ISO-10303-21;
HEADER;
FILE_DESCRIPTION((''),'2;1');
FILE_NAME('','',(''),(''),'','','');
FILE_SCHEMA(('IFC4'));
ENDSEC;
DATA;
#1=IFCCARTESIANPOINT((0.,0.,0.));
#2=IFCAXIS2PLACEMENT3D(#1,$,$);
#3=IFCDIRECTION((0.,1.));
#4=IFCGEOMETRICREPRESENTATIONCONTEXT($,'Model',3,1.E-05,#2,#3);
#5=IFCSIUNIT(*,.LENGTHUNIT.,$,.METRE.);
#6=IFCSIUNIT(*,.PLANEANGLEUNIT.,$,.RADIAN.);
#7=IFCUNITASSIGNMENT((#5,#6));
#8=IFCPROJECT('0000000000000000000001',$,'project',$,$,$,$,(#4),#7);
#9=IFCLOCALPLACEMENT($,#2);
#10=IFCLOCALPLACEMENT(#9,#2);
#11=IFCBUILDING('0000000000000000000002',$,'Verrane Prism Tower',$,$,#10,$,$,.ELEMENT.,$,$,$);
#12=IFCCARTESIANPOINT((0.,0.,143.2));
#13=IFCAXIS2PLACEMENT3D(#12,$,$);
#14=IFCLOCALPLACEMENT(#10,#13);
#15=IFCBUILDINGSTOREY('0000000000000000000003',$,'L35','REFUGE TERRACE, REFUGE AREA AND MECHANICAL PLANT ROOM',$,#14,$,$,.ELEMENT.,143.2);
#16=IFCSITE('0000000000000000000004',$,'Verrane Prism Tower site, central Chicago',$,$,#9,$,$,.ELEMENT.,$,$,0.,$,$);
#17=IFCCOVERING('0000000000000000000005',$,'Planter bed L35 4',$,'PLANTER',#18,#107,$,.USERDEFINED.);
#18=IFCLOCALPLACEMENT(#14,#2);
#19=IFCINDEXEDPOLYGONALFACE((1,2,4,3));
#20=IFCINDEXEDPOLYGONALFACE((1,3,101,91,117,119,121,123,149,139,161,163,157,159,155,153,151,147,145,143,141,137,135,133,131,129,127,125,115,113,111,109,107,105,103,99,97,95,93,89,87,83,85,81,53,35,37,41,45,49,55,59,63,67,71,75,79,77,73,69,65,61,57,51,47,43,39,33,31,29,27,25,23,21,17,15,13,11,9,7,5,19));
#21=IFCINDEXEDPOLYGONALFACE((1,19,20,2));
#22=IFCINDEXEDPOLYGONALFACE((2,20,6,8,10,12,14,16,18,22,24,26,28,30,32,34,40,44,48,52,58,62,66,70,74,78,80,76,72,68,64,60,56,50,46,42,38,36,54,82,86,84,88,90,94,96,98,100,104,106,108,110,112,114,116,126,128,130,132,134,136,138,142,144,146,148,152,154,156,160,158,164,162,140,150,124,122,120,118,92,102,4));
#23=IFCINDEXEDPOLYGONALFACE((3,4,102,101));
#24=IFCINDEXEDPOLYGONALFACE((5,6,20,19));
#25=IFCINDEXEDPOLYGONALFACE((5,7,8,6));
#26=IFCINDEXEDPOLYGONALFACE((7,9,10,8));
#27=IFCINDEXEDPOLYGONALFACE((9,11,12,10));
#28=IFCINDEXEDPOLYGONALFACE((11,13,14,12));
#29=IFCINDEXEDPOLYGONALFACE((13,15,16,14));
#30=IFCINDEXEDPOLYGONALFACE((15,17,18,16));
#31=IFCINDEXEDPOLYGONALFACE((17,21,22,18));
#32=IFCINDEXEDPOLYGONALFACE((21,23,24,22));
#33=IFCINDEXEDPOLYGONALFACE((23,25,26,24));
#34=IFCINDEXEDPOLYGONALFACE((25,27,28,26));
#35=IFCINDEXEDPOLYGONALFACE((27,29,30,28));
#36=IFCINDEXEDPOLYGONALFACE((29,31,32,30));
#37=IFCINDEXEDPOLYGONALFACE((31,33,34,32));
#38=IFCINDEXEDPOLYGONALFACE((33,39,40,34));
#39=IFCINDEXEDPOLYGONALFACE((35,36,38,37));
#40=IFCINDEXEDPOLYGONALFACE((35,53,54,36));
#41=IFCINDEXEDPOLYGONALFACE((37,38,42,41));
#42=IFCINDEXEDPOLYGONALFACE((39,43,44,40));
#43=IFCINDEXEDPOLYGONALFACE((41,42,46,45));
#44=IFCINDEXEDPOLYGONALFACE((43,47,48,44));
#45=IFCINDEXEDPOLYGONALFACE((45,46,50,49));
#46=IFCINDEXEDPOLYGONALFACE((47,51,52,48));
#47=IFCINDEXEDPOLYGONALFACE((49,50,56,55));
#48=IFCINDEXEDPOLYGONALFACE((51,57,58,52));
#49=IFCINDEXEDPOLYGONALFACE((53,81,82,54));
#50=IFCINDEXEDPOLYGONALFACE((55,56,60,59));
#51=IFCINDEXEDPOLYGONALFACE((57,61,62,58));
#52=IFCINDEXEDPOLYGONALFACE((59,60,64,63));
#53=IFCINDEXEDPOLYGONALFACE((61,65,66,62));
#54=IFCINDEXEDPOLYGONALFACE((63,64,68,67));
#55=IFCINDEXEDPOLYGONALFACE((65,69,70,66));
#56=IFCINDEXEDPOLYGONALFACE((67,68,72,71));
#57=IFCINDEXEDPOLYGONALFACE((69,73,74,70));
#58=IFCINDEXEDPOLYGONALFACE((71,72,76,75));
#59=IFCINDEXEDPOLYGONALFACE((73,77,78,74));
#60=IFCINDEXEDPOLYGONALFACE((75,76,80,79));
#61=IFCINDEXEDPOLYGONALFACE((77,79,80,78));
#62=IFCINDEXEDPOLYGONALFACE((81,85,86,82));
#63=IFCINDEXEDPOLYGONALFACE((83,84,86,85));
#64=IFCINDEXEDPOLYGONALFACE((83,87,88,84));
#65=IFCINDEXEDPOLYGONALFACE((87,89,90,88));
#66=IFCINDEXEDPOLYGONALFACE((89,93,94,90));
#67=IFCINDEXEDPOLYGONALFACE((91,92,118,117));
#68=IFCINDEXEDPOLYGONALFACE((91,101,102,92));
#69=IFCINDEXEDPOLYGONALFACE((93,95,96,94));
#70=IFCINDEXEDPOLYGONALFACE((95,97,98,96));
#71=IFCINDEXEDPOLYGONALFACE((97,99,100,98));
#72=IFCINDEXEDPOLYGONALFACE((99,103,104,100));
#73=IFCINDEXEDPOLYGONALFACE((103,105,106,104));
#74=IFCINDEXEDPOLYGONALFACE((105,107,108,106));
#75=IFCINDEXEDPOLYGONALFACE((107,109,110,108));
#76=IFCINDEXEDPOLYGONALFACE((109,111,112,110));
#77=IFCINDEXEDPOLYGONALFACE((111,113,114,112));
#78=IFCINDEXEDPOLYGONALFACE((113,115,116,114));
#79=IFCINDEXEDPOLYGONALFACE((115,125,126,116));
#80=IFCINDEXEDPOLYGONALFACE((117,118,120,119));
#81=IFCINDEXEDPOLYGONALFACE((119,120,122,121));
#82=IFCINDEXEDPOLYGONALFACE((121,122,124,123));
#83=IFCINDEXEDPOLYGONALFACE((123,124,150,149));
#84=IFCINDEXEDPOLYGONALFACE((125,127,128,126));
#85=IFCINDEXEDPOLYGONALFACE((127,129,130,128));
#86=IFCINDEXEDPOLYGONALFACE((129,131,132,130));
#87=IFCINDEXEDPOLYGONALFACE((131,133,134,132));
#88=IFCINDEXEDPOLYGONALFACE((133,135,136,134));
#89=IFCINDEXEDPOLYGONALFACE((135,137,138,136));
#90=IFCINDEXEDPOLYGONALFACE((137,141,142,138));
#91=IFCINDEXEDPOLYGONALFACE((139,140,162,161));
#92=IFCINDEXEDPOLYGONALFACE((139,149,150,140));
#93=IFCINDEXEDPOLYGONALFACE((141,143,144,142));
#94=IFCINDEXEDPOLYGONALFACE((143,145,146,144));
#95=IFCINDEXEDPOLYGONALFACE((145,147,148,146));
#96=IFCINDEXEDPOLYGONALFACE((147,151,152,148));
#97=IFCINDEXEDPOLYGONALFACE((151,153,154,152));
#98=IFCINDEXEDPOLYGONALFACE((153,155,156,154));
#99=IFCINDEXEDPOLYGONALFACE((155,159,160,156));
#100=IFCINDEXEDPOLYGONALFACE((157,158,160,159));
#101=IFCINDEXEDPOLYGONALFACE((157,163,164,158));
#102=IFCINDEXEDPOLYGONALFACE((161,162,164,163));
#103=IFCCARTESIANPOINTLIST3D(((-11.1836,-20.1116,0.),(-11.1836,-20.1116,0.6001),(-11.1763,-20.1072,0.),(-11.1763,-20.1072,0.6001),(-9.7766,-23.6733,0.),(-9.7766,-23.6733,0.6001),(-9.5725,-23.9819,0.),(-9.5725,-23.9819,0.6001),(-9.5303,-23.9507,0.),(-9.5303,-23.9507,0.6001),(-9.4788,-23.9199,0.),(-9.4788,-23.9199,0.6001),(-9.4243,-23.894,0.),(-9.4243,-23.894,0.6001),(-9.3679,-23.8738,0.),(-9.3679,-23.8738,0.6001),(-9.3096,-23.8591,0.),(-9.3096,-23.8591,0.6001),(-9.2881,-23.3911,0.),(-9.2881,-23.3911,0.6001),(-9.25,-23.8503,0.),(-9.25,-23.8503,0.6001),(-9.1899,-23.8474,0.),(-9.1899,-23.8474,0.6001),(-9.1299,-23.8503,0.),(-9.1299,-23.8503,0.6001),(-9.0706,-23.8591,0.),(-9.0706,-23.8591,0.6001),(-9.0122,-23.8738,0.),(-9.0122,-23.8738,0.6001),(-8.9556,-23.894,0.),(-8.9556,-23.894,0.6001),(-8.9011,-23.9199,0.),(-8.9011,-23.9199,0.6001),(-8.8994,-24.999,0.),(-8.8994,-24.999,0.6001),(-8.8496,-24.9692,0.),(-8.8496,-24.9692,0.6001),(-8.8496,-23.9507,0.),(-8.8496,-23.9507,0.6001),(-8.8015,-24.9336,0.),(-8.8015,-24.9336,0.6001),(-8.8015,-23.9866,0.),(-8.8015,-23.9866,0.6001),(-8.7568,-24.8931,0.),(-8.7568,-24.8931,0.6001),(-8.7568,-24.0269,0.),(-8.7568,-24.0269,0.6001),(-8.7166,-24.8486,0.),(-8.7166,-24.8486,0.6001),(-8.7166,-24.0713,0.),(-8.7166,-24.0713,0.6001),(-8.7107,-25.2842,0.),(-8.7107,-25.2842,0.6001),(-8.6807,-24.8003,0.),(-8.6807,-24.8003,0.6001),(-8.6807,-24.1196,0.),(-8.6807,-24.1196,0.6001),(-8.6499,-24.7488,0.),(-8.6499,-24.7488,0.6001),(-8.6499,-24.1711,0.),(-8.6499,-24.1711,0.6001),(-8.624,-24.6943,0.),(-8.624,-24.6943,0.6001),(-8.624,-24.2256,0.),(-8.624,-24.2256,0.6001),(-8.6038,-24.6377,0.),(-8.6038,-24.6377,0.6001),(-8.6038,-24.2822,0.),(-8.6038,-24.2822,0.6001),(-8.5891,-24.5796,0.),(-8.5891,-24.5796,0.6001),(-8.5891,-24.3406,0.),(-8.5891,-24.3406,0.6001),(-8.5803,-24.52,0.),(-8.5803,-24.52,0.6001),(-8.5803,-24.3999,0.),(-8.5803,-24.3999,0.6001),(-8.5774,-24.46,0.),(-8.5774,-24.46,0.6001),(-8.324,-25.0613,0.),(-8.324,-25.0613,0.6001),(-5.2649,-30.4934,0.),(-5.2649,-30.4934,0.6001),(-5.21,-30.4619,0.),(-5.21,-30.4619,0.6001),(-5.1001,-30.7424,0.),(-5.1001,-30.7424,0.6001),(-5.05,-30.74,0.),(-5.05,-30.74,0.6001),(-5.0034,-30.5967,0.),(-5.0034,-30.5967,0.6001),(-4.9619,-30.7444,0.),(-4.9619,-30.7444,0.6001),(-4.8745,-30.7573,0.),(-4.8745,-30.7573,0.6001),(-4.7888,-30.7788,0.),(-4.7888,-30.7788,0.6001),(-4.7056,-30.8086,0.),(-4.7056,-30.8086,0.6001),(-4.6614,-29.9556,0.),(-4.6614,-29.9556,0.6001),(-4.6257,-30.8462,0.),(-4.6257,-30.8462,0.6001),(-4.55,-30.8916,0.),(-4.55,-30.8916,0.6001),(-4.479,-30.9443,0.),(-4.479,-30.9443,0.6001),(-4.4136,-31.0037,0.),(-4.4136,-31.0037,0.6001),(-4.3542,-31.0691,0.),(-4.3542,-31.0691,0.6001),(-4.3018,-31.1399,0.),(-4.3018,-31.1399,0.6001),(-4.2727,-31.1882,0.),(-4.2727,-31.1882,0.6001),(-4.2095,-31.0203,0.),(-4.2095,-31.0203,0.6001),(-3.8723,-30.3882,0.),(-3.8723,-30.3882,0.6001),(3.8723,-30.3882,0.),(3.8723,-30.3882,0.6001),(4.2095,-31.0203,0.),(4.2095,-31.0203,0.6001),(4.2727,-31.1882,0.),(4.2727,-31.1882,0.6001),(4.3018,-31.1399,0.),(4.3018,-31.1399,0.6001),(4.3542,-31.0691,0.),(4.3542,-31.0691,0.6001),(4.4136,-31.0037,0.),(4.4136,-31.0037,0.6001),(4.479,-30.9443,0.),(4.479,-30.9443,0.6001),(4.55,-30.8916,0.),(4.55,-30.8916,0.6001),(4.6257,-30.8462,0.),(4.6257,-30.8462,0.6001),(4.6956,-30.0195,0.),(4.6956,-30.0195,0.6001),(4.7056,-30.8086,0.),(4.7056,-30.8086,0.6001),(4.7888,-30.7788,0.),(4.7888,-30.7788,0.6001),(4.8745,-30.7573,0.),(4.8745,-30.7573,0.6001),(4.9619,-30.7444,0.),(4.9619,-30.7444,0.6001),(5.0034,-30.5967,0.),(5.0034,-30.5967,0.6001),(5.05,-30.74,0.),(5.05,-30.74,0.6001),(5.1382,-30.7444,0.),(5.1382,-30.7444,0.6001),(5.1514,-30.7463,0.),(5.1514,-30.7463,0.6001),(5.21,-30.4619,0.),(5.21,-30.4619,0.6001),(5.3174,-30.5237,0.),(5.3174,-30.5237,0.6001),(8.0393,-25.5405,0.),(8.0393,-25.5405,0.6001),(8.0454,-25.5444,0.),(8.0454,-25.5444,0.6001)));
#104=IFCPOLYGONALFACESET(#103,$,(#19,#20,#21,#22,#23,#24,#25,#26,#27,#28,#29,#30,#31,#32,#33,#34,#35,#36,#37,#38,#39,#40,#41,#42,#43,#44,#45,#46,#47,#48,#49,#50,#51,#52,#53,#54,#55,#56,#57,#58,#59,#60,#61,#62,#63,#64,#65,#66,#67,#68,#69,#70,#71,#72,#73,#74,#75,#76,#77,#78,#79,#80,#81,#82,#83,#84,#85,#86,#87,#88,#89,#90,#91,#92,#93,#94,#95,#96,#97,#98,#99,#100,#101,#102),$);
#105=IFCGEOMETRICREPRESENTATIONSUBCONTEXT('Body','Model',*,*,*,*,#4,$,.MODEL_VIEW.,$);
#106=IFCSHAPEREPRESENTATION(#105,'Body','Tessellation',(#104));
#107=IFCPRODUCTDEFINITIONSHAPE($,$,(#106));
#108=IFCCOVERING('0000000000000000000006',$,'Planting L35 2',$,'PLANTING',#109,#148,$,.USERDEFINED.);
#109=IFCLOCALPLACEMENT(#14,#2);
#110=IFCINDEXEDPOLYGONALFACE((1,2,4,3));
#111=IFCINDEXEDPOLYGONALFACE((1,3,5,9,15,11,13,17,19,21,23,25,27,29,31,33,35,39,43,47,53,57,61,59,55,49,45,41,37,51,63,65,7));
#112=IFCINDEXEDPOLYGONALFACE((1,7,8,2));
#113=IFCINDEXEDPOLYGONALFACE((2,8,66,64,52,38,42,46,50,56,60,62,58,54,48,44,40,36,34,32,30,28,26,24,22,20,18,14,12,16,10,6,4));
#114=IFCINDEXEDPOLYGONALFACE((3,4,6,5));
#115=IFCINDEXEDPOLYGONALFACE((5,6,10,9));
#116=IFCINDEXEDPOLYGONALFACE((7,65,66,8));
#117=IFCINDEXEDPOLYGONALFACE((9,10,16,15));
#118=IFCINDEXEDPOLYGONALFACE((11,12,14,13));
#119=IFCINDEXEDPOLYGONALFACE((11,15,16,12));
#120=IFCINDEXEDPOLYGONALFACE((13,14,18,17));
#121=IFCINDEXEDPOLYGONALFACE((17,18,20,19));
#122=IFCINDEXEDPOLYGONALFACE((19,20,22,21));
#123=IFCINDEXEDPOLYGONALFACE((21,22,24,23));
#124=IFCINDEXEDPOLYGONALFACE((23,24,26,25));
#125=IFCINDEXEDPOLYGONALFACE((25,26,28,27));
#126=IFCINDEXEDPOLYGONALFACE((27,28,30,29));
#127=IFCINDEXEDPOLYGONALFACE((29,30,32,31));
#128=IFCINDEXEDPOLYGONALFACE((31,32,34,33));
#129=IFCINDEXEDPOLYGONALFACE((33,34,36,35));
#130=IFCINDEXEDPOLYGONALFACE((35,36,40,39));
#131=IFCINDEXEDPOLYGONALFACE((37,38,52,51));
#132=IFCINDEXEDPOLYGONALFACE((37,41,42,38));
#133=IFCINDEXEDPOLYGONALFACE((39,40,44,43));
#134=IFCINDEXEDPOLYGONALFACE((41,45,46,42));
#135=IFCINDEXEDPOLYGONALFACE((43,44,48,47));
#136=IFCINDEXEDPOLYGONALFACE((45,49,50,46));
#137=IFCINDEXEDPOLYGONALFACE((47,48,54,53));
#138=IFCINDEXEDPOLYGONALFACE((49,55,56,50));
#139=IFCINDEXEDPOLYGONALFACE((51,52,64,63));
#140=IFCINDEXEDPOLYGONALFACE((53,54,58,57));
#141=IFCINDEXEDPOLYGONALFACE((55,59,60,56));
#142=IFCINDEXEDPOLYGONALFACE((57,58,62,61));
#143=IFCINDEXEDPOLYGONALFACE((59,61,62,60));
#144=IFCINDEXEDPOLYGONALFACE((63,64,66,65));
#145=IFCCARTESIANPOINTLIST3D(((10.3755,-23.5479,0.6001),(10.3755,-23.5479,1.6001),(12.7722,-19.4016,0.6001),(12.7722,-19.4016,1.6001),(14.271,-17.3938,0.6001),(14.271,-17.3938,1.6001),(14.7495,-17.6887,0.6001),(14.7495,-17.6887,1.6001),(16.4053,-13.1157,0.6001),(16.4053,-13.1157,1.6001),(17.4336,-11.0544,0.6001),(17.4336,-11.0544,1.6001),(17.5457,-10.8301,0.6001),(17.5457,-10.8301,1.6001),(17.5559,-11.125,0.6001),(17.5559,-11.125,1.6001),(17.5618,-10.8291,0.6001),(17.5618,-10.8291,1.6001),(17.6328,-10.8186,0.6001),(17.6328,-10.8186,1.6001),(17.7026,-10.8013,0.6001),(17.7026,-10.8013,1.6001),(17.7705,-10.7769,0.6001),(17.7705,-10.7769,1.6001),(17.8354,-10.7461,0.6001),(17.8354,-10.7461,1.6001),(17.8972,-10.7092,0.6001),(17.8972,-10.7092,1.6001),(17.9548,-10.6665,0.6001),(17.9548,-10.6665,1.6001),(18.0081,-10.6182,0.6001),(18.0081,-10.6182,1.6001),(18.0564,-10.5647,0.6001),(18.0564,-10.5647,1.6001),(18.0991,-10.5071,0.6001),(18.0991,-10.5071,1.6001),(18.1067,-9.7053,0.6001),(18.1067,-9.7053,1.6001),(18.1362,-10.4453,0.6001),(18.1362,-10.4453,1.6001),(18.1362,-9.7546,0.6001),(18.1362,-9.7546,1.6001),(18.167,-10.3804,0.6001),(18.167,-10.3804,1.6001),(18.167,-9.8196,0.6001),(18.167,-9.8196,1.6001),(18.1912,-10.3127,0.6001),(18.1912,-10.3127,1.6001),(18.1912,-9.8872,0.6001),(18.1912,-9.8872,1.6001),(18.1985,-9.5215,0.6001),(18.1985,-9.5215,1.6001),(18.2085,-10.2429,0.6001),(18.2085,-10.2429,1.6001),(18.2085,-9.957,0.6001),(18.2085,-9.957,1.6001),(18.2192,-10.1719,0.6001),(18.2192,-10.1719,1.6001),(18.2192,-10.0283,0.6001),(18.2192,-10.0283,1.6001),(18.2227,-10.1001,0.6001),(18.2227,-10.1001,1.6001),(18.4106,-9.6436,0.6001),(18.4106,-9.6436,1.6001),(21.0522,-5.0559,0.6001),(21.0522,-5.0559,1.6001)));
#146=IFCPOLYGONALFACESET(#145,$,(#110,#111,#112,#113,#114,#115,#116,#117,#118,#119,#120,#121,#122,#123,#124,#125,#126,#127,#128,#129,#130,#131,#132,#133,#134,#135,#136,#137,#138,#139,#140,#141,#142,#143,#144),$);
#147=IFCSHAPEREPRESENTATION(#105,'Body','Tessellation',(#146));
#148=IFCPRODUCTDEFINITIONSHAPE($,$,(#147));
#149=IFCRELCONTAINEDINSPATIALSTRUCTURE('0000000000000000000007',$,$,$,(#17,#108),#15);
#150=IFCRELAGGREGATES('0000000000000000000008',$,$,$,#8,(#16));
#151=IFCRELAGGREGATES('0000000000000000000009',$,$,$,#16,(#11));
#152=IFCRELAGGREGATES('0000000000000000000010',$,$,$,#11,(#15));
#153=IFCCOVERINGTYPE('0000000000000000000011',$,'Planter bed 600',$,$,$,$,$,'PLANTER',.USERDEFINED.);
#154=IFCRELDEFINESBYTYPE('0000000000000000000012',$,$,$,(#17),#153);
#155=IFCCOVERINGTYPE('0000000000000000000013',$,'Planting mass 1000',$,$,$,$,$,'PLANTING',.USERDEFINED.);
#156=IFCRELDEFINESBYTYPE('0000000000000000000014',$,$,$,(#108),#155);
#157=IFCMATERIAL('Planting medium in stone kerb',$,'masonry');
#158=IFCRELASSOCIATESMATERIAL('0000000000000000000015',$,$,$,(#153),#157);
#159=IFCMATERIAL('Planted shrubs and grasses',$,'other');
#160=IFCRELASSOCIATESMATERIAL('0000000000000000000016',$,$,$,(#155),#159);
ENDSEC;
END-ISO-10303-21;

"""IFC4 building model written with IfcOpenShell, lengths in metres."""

from ifc_helpers import new_model, si_unit, direction, frame, origin, place, context, subcontext, project, spatial, polyline, outline, extrude, material, type_object, element, save


model = new_model("IFC4")

# Units and contexts
model_context = context("Model", 3, precision=1e-05, world=origin(), true_north=direction((0.0, 1.0)))
body_context = subcontext(model_context, "Body", "Model", "MODEL_VIEW")
ifc_project = project(units=[si_unit("LENGTHUNIT", "METRE"), si_unit("PLANEANGLEUNIT", "RADIAN")], contexts=[model_context])

# Site, building, storey
site_placement = place(None, origin())
site = spatial("IfcSite", under=ifc_project, at=site_placement, Name="Verrane Prism Tower site, central Chicago", CompositionType="ELEMENT", RefElevation=0.0)
building_placement = place(site_placement, origin())
building = spatial("IfcBuilding", under=site, at=building_placement, Name="Verrane Prism Tower", CompositionType="ELEMENT")
storey_placement = place(building_placement, frame((0.0, 0.0, 143.2)))
storey = spatial("IfcBuildingStorey", under=building, at=storey_placement, Name="L35", Description="REFUGE TERRACE, REFUGE AREA AND MECHANICAL PLANT ROOM", CompositionType="ELEMENT", Elevation=143.2)

# Coverings
ifc_material_1 = material(Name="Planting medium in stone kerb", Category="masonry")
covering_type_1 = type_object("IfcCoveringType", Name="Planter bed 600", ElementType="PLANTER", PredefinedType="USERDEFINED", material=ifc_material_1)
covering_1_placement = place(storey_placement, origin())
element("IfcCovering", 1, at=covering_1_placement, inside=storey, type_object=covering_type_1, Name="Planter bed L35 4", ObjectType="PLANTER", PredefinedType="USERDEFINED", context=body_context, shape_type="SweptSolid", body=[
    extrude(outline(polyline([(4.2727, -31.1882), (4.3018, -31.1399), (4.3542, -31.0691), (4.4136, -31.0037), (4.479, -30.9443), (4.55, -30.8916), (4.6257, -30.8462), (4.7056, -30.8086), (4.7888, -30.7788), (4.8745, -30.7573), (4.9619, -30.7444), (5.05, -30.74), (5.1382, -30.7444), (5.1514, -30.7463), (5.3174, -30.5237), (5.21, -30.4619), (8.0454, -25.5444), (8.0393, -25.5405), (4.6956, -30.0195), (5.0034, -30.5967), (4.2095, -31.0203), (3.8723, -30.3882), (-3.8723, -30.3882), (-4.2095, -31.0203), (-5.0034, -30.5967), (-4.6614, -29.9556), (-11.1763, -20.1072), (-11.1836, -20.1116), (-9.2881, -23.3911), (-9.7766, -23.6733), (-9.5725, -23.9819), (-9.5303, -23.9507), (-9.4788, -23.9199), (-9.4243, -23.894), (-9.3679, -23.8738), (-9.3096, -23.8591), (-9.25, -23.8503), (-9.1899, -23.8474), (-9.1299, -23.8503), (-9.0706, -23.8591), (-9.0122, -23.8738), (-8.9556, -23.894), (-8.9011, -23.9199), (-8.8496, -23.9507), (-8.8015, -23.9866), (-8.7568, -24.0269), (-8.7166, -24.0713), (-8.6807, -24.1196), (-8.6499, -24.1711), (-8.624, -24.2256), (-8.6038, -24.2822), (-8.5891, -24.3406), (-8.5803, -24.3999), (-8.5774, -24.46), (-8.5803, -24.52), (-8.5891, -24.5796), (-8.6038, -24.6377), (-8.624, -24.6943), (-8.6499, -24.7488), (-8.6807, -24.8003), (-8.7166, -24.8486), (-8.7568, -24.8931), (-8.8015, -24.9336), (-8.8496, -24.9692), (-8.8994, -24.999), (-8.7107, -25.2842), (-8.324, -25.0613), (-5.21, -30.4619), (-5.2649, -30.4934), (-5.1001, -30.7424), (-5.05, -30.74), (-4.9619, -30.7444), (-4.8745, -30.7573), (-4.7888, -30.7788), (-4.7056, -30.8086), (-4.6257, -30.8462), (-4.55, -30.8916), (-4.479, -30.9443), (-4.4136, -31.0037), (-4.3542, -31.0691), (-4.3018, -31.1399), (-4.2727, -31.1882), (4.2727, -31.1882)])), origin(), (0.0, 0.0, 1.0), 0.6001),
])
ifc_material_2 = material(Name="Planted shrubs and grasses", Category="other")
covering_type_2 = type_object("IfcCoveringType", Name="Planting mass 1000", ElementType="PLANTING", PredefinedType="USERDEFINED", material=ifc_material_2)
covering_2_placement = place(storey_placement, frame((0.0, 0.0, 0.6001)))
element("IfcCovering", 2, at=covering_2_placement, inside=storey, type_object=covering_type_2, Name="Planting L35 2", ObjectType="PLANTING", PredefinedType="USERDEFINED", context=body_context, shape_type="SweptSolid", body=[
    extrude(outline(polyline([(14.7495, -17.6887), (21.0522, -5.0559), (18.4106, -9.6436), (18.1985, -9.5215), (18.1067, -9.7053), (18.1362, -9.7546), (18.167, -9.8196), (18.1912, -9.8872), (18.2085, -9.957), (18.2192, -10.0283), (18.2227, -10.1001), (18.2192, -10.1719), (18.2085, -10.2429), (18.1912, -10.3127), (18.167, -10.3804), (18.1362, -10.4453), (18.0991, -10.5071), (18.0564, -10.5647), (18.0081, -10.6182), (17.9548, -10.6665), (17.8972, -10.7092), (17.8354, -10.7461), (17.7705, -10.7769), (17.7026, -10.8013), (17.6328, -10.8186), (17.5618, -10.8291), (17.5457, -10.8301), (17.4336, -11.0544), (17.5559, -11.125), (16.4053, -13.1157), (14.271, -17.3938), (12.7722, -19.4016), (10.3755, -23.5479), (14.7495, -17.6887)])), origin(), (0.0, 0.0, 1.0), 1.0),
])

save(model, "model.ifc")
